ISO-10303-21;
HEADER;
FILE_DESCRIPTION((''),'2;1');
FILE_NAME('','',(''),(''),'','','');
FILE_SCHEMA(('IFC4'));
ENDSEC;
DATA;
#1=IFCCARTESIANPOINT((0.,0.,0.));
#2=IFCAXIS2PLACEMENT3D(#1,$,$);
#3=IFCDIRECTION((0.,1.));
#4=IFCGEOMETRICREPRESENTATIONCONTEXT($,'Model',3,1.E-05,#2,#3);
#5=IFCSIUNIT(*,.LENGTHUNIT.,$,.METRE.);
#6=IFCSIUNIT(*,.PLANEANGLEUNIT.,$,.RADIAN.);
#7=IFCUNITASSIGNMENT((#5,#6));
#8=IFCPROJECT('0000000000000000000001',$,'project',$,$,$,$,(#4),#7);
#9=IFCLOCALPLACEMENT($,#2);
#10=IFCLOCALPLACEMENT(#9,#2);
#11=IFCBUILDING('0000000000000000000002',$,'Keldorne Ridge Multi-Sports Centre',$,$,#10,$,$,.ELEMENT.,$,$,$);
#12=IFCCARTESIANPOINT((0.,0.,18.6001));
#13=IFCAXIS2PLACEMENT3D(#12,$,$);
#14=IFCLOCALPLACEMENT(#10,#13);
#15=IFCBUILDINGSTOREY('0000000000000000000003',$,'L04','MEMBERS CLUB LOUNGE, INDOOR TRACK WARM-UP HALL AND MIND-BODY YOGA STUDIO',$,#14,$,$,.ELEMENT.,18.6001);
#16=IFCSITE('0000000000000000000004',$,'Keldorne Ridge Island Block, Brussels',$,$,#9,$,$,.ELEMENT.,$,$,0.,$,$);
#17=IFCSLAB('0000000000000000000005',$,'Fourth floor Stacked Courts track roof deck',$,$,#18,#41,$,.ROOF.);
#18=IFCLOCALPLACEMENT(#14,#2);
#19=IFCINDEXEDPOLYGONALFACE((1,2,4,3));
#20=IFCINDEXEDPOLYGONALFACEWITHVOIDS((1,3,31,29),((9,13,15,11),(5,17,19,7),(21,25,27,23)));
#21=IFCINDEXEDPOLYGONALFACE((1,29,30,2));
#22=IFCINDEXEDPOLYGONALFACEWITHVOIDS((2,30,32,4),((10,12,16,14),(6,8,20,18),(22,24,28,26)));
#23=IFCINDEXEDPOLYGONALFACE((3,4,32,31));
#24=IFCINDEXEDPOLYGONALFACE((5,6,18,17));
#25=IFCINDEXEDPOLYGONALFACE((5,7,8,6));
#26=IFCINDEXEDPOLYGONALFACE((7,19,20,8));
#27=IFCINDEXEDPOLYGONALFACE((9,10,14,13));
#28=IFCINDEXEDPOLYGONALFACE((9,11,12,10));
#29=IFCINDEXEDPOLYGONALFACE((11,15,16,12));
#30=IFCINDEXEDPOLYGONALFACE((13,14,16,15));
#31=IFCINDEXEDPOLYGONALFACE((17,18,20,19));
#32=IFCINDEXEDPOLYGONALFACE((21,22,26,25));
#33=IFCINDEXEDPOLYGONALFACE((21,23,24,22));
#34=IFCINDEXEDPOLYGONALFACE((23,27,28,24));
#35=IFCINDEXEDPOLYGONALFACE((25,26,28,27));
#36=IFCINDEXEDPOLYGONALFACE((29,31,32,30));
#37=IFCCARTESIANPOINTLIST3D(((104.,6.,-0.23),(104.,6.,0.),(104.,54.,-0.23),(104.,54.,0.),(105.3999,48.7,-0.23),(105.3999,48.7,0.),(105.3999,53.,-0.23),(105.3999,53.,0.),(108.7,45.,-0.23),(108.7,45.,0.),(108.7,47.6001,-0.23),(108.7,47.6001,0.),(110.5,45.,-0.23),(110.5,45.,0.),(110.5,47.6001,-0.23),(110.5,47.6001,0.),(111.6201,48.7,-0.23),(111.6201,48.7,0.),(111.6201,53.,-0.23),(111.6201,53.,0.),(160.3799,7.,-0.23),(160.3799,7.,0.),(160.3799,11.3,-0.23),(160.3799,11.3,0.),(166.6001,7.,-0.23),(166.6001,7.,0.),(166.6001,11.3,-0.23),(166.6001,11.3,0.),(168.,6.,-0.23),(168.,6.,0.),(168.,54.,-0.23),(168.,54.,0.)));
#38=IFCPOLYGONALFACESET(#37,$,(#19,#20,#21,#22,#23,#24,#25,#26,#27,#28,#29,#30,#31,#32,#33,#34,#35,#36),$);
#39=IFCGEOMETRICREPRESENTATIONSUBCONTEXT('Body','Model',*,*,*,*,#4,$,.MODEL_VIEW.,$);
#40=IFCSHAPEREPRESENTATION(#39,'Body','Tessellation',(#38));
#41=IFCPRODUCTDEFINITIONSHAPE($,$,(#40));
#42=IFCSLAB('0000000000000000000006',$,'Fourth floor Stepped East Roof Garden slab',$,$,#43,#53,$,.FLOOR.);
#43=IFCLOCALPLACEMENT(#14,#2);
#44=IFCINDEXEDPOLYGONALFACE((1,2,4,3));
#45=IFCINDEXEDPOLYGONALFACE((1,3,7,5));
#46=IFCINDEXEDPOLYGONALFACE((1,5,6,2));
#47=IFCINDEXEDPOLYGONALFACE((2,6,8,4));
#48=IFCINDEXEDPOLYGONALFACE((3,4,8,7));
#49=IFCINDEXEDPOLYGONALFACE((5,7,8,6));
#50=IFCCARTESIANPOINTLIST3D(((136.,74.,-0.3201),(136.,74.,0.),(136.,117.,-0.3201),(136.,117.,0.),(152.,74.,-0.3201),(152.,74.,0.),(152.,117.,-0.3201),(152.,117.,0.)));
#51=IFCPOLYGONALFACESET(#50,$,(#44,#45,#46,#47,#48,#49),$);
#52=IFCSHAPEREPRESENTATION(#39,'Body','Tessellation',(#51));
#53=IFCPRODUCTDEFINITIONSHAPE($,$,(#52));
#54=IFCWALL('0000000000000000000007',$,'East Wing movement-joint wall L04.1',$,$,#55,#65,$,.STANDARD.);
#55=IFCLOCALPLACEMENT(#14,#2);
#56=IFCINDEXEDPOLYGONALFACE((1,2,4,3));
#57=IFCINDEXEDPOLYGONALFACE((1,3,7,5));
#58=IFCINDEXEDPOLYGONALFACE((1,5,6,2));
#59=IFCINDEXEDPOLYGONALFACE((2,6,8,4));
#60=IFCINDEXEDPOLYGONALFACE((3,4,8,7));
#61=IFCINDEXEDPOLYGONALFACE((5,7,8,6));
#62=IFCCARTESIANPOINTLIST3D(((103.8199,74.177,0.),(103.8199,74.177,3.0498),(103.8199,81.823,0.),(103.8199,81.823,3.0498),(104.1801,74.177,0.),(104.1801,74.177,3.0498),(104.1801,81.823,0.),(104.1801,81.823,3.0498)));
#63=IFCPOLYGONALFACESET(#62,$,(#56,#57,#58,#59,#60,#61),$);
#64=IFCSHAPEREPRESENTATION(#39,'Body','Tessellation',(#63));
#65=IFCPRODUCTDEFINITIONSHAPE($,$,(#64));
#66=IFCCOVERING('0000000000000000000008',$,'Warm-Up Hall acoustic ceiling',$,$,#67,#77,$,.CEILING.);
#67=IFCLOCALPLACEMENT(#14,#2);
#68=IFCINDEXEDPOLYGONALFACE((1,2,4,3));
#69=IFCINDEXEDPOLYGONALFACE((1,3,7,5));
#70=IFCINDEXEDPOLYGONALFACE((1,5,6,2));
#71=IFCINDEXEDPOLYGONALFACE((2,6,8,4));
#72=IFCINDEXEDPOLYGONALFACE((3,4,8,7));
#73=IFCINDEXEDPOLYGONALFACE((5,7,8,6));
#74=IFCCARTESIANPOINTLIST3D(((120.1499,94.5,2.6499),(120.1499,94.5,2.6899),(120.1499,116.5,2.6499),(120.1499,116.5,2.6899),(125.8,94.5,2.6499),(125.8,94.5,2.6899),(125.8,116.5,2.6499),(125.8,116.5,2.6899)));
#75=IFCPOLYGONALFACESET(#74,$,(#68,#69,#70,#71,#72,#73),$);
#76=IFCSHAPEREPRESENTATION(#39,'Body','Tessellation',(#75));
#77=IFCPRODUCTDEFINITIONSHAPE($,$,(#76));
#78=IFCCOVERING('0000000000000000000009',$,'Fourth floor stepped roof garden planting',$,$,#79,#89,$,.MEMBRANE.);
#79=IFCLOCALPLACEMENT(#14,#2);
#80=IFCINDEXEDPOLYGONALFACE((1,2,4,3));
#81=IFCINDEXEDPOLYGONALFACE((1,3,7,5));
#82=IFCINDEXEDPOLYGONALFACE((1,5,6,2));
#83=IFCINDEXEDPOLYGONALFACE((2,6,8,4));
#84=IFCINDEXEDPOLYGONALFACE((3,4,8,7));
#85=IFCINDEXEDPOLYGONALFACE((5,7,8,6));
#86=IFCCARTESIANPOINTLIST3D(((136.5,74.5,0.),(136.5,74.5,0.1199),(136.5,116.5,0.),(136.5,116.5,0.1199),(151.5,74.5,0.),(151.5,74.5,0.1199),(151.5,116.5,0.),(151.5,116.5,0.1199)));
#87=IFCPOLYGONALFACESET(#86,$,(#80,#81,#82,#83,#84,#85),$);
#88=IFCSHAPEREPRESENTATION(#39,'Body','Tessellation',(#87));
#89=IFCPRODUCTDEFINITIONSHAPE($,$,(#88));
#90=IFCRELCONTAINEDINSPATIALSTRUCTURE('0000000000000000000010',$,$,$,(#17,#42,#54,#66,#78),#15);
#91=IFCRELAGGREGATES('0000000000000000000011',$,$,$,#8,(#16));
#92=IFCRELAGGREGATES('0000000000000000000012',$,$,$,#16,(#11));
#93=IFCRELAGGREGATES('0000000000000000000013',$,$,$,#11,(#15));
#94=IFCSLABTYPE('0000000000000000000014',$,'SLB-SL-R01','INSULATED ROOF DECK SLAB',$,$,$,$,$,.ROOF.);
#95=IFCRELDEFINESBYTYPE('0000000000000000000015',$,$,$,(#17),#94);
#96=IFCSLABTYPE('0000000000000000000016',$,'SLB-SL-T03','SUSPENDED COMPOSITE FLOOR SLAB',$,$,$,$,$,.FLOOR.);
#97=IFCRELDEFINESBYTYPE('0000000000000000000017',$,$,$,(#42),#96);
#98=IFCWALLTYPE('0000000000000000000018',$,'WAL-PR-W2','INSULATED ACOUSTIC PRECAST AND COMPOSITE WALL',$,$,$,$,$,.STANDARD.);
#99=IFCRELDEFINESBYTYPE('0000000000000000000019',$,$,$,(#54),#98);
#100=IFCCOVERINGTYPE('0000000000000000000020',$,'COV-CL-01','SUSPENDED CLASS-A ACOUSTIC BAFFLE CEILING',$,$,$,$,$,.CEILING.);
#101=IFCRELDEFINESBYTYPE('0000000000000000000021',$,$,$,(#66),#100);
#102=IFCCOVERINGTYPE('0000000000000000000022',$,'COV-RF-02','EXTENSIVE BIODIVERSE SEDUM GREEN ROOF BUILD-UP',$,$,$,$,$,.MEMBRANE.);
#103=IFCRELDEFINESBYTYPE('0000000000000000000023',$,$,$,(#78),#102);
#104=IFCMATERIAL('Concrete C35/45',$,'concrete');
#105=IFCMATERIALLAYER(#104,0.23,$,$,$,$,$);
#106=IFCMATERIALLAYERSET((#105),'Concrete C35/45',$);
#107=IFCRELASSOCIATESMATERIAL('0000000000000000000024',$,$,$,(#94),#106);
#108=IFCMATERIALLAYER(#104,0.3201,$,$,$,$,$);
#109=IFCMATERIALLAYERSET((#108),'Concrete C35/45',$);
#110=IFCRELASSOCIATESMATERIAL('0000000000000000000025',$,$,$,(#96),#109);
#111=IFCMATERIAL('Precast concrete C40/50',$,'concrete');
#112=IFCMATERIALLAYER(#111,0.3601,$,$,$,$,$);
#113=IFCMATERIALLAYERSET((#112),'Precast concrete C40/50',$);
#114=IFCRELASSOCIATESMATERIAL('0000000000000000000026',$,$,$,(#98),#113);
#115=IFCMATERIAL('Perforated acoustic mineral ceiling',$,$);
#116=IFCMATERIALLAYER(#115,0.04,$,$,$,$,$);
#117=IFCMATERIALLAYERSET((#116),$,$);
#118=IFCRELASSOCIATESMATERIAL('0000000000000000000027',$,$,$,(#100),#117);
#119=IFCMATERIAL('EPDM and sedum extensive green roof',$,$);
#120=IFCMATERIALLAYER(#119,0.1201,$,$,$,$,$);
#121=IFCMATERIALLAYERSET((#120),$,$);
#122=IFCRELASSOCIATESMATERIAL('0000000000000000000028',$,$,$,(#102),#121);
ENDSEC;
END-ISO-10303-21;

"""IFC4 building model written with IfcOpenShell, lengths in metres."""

from ifc_helpers import new_model, si_unit, direction, frame, frame_2d, origin, place, context, subcontext, project, spatial, polyline, rectangle, outline, extrude, material, layer, layer_set, type_object, element, save


model = new_model("IFC4")

# Units and contexts
model_context = context("Model", 3, precision=1e-05, world=origin(), true_north=direction((0.0, 1.0)))
body_context = subcontext(model_context, "Body", "Model", "MODEL_VIEW")
ifc_project = project(units=[si_unit("LENGTHUNIT", "METRE"), si_unit("PLANEANGLEUNIT", "RADIAN")], contexts=[model_context])

# Site, building, storey
site_placement = place(None, origin())
site = spatial("IfcSite", under=ifc_project, at=site_placement, Name="Keldorne Ridge Island Block, Brussels", CompositionType="ELEMENT", RefElevation=0.0)
building_placement = place(site_placement, origin())
building = spatial("IfcBuilding", under=site, at=building_placement, Name="Keldorne Ridge Multi-Sports Centre", CompositionType="ELEMENT")
storey_placement = place(building_placement, frame((0.0, 0.0, 18.6001)))
storey = spatial("IfcBuildingStorey", under=building, at=storey_placement, Name="L04", Description="MEMBERS CLUB LOUNGE, INDOOR TRACK WARM-UP HALL AND MIND-BODY YOGA STUDIO", CompositionType="ELEMENT", Elevation=18.6001)

# Shared definitions
ifc_material_1 = material(Name="Concrete C35/45", Category="concrete")

# Slabs
ifc_layer_1 = layer(ifc_material_1, 0.23)
ifc_layer_set_1 = layer_set([ifc_layer_1], Name="Concrete C35/45")
slab_type_1 = type_object("IfcSlabType", Name="SLB-SL-R01", Description="INSULATED ROOF DECK SLAB", PredefinedType="ROOF", material=ifc_layer_set_1)
slab_1_placement = place(storey_placement, frame((0.0, 0.0, -0.23)))
element("IfcSlab", 1, at=slab_1_placement, inside=storey, type_object=slab_type_1, Name="Fourth floor Stacked Courts track roof deck", PredefinedType="ROOF", context=body_context, shape_type="SweptSolid", body=[
    extrude(outline(polyline([(104.0, 6.0), (168.0, 6.0), (168.0, 54.0), (104.0, 54.0), (104.0, 6.0)]), holes=[polyline([(105.3999, 48.7), (105.3999, 53.0), (111.6201, 53.0), (111.6201, 48.7), (105.3999, 48.7)]), polyline([(160.3799, 7.0), (160.3799, 11.3), (166.6001, 11.3), (166.6001, 7.0), (160.3799, 7.0)]), polyline([(108.7, 45.0), (108.7, 47.6001), (110.5, 47.6001), (110.5, 45.0), (108.7, 45.0)])]), origin(), (0.0, 0.0, 1.0), 0.23),
])
ifc_layer_2 = layer(ifc_material_1, 0.3201)
ifc_layer_set_2 = layer_set([ifc_layer_2], Name="Concrete C35/45")
slab_type_2 = type_object("IfcSlabType", Name="SLB-SL-T03", Description="SUSPENDED COMPOSITE FLOOR SLAB", PredefinedType="FLOOR", material=ifc_layer_set_2)
slab_2_placement = place(storey_placement, frame((0.0, 0.0, -0.3201)))
element("IfcSlab", 2, at=slab_2_placement, inside=storey, type_object=slab_type_2, Name="Fourth floor Stepped East Roof Garden slab", PredefinedType="FLOOR", context=body_context, shape_type="SweptSolid", body=[
    extrude(outline(polyline([(136.0, 74.0), (152.0, 74.0), (152.0, 117.0), (136.0, 117.0), (136.0, 74.0)])), origin(), (0.0, 0.0, 1.0), 0.3201),
])

# Wall
ifc_material_2 = material(Name="Precast concrete C40/50", Category="concrete")
ifc_layer_3 = layer(ifc_material_2, 0.3601)
ifc_layer_set_3 = layer_set([ifc_layer_3], Name="Precast concrete C40/50")
wall_type = type_object("IfcWallType", Name="WAL-PR-W2", Description="INSULATED ACOUSTIC PRECAST AND COMPOSITE WALL", PredefinedType="STANDARD", material=ifc_layer_set_3)
wall_placement = place(storey_placement, frame((104.0, 81.823, 0.0), z_axis=(0.0, 0.0, 1.0), x_axis=(0.0, -1.0, 0.0)))
element("IfcWall", 3, at=wall_placement, inside=storey, type_object=wall_type, Name="East Wing movement-joint wall L04.1", PredefinedType="STANDARD", context=body_context, shape_type="SweptSolid", body=[
    extrude(rectangle(XDim=7.646, YDim=0.3601, at=frame_2d((3.823, 0.0))), origin(), (0.0, 0.0, 1.0), 3.0498),
])

# Coverings
ifc_material_3 = material(Name="Perforated acoustic mineral ceiling")
ifc_layer_4 = layer(ifc_material_3, 0.04)
ifc_layer_set_4 = layer_set([ifc_layer_4])
covering_type_1 = type_object("IfcCoveringType", Name="COV-CL-01", Description="SUSPENDED CLASS-A ACOUSTIC BAFFLE CEILING", PredefinedType="CEILING", material=ifc_layer_set_4)
covering_1_placement = place(storey_placement, frame((0.0, 0.0, 2.6499)))
element("IfcCovering", 4, at=covering_1_placement, inside=storey, type_object=covering_type_1, Name="Warm-Up Hall acoustic ceiling", PredefinedType="CEILING", context=body_context, shape_type="SweptSolid", body=[
    extrude(outline(polyline([(120.1499, 94.5), (125.8, 94.5), (125.8, 116.5), (120.1499, 116.5), (120.1499, 94.5)])), origin(), (0.0, 0.0, 1.0), 0.04),
])
ifc_material_4 = material(Name="EPDM and sedum extensive green roof")
ifc_layer_5 = layer(ifc_material_4, 0.1201)
ifc_layer_set_5 = layer_set([ifc_layer_5])
covering_type_2 = type_object("IfcCoveringType", Name="COV-RF-02", Description="EXTENSIVE BIODIVERSE SEDUM GREEN ROOF BUILD-UP", PredefinedType="MEMBRANE", material=ifc_layer_set_5)
covering_2_placement = place(storey_placement, origin())
element("IfcCovering", 5, at=covering_2_placement, inside=storey, type_object=covering_type_2, Name="Fourth floor stepped roof garden planting", PredefinedType="MEMBRANE", context=body_context, shape_type="SweptSolid", body=[
    extrude(outline(polyline([(136.5, 74.5), (151.5, 74.5), (151.5, 116.5), (136.5, 116.5), (136.5, 74.5)])), origin(), (0.0, 0.0, 1.0), 0.1199),
])

save(model, "model.ifc")
